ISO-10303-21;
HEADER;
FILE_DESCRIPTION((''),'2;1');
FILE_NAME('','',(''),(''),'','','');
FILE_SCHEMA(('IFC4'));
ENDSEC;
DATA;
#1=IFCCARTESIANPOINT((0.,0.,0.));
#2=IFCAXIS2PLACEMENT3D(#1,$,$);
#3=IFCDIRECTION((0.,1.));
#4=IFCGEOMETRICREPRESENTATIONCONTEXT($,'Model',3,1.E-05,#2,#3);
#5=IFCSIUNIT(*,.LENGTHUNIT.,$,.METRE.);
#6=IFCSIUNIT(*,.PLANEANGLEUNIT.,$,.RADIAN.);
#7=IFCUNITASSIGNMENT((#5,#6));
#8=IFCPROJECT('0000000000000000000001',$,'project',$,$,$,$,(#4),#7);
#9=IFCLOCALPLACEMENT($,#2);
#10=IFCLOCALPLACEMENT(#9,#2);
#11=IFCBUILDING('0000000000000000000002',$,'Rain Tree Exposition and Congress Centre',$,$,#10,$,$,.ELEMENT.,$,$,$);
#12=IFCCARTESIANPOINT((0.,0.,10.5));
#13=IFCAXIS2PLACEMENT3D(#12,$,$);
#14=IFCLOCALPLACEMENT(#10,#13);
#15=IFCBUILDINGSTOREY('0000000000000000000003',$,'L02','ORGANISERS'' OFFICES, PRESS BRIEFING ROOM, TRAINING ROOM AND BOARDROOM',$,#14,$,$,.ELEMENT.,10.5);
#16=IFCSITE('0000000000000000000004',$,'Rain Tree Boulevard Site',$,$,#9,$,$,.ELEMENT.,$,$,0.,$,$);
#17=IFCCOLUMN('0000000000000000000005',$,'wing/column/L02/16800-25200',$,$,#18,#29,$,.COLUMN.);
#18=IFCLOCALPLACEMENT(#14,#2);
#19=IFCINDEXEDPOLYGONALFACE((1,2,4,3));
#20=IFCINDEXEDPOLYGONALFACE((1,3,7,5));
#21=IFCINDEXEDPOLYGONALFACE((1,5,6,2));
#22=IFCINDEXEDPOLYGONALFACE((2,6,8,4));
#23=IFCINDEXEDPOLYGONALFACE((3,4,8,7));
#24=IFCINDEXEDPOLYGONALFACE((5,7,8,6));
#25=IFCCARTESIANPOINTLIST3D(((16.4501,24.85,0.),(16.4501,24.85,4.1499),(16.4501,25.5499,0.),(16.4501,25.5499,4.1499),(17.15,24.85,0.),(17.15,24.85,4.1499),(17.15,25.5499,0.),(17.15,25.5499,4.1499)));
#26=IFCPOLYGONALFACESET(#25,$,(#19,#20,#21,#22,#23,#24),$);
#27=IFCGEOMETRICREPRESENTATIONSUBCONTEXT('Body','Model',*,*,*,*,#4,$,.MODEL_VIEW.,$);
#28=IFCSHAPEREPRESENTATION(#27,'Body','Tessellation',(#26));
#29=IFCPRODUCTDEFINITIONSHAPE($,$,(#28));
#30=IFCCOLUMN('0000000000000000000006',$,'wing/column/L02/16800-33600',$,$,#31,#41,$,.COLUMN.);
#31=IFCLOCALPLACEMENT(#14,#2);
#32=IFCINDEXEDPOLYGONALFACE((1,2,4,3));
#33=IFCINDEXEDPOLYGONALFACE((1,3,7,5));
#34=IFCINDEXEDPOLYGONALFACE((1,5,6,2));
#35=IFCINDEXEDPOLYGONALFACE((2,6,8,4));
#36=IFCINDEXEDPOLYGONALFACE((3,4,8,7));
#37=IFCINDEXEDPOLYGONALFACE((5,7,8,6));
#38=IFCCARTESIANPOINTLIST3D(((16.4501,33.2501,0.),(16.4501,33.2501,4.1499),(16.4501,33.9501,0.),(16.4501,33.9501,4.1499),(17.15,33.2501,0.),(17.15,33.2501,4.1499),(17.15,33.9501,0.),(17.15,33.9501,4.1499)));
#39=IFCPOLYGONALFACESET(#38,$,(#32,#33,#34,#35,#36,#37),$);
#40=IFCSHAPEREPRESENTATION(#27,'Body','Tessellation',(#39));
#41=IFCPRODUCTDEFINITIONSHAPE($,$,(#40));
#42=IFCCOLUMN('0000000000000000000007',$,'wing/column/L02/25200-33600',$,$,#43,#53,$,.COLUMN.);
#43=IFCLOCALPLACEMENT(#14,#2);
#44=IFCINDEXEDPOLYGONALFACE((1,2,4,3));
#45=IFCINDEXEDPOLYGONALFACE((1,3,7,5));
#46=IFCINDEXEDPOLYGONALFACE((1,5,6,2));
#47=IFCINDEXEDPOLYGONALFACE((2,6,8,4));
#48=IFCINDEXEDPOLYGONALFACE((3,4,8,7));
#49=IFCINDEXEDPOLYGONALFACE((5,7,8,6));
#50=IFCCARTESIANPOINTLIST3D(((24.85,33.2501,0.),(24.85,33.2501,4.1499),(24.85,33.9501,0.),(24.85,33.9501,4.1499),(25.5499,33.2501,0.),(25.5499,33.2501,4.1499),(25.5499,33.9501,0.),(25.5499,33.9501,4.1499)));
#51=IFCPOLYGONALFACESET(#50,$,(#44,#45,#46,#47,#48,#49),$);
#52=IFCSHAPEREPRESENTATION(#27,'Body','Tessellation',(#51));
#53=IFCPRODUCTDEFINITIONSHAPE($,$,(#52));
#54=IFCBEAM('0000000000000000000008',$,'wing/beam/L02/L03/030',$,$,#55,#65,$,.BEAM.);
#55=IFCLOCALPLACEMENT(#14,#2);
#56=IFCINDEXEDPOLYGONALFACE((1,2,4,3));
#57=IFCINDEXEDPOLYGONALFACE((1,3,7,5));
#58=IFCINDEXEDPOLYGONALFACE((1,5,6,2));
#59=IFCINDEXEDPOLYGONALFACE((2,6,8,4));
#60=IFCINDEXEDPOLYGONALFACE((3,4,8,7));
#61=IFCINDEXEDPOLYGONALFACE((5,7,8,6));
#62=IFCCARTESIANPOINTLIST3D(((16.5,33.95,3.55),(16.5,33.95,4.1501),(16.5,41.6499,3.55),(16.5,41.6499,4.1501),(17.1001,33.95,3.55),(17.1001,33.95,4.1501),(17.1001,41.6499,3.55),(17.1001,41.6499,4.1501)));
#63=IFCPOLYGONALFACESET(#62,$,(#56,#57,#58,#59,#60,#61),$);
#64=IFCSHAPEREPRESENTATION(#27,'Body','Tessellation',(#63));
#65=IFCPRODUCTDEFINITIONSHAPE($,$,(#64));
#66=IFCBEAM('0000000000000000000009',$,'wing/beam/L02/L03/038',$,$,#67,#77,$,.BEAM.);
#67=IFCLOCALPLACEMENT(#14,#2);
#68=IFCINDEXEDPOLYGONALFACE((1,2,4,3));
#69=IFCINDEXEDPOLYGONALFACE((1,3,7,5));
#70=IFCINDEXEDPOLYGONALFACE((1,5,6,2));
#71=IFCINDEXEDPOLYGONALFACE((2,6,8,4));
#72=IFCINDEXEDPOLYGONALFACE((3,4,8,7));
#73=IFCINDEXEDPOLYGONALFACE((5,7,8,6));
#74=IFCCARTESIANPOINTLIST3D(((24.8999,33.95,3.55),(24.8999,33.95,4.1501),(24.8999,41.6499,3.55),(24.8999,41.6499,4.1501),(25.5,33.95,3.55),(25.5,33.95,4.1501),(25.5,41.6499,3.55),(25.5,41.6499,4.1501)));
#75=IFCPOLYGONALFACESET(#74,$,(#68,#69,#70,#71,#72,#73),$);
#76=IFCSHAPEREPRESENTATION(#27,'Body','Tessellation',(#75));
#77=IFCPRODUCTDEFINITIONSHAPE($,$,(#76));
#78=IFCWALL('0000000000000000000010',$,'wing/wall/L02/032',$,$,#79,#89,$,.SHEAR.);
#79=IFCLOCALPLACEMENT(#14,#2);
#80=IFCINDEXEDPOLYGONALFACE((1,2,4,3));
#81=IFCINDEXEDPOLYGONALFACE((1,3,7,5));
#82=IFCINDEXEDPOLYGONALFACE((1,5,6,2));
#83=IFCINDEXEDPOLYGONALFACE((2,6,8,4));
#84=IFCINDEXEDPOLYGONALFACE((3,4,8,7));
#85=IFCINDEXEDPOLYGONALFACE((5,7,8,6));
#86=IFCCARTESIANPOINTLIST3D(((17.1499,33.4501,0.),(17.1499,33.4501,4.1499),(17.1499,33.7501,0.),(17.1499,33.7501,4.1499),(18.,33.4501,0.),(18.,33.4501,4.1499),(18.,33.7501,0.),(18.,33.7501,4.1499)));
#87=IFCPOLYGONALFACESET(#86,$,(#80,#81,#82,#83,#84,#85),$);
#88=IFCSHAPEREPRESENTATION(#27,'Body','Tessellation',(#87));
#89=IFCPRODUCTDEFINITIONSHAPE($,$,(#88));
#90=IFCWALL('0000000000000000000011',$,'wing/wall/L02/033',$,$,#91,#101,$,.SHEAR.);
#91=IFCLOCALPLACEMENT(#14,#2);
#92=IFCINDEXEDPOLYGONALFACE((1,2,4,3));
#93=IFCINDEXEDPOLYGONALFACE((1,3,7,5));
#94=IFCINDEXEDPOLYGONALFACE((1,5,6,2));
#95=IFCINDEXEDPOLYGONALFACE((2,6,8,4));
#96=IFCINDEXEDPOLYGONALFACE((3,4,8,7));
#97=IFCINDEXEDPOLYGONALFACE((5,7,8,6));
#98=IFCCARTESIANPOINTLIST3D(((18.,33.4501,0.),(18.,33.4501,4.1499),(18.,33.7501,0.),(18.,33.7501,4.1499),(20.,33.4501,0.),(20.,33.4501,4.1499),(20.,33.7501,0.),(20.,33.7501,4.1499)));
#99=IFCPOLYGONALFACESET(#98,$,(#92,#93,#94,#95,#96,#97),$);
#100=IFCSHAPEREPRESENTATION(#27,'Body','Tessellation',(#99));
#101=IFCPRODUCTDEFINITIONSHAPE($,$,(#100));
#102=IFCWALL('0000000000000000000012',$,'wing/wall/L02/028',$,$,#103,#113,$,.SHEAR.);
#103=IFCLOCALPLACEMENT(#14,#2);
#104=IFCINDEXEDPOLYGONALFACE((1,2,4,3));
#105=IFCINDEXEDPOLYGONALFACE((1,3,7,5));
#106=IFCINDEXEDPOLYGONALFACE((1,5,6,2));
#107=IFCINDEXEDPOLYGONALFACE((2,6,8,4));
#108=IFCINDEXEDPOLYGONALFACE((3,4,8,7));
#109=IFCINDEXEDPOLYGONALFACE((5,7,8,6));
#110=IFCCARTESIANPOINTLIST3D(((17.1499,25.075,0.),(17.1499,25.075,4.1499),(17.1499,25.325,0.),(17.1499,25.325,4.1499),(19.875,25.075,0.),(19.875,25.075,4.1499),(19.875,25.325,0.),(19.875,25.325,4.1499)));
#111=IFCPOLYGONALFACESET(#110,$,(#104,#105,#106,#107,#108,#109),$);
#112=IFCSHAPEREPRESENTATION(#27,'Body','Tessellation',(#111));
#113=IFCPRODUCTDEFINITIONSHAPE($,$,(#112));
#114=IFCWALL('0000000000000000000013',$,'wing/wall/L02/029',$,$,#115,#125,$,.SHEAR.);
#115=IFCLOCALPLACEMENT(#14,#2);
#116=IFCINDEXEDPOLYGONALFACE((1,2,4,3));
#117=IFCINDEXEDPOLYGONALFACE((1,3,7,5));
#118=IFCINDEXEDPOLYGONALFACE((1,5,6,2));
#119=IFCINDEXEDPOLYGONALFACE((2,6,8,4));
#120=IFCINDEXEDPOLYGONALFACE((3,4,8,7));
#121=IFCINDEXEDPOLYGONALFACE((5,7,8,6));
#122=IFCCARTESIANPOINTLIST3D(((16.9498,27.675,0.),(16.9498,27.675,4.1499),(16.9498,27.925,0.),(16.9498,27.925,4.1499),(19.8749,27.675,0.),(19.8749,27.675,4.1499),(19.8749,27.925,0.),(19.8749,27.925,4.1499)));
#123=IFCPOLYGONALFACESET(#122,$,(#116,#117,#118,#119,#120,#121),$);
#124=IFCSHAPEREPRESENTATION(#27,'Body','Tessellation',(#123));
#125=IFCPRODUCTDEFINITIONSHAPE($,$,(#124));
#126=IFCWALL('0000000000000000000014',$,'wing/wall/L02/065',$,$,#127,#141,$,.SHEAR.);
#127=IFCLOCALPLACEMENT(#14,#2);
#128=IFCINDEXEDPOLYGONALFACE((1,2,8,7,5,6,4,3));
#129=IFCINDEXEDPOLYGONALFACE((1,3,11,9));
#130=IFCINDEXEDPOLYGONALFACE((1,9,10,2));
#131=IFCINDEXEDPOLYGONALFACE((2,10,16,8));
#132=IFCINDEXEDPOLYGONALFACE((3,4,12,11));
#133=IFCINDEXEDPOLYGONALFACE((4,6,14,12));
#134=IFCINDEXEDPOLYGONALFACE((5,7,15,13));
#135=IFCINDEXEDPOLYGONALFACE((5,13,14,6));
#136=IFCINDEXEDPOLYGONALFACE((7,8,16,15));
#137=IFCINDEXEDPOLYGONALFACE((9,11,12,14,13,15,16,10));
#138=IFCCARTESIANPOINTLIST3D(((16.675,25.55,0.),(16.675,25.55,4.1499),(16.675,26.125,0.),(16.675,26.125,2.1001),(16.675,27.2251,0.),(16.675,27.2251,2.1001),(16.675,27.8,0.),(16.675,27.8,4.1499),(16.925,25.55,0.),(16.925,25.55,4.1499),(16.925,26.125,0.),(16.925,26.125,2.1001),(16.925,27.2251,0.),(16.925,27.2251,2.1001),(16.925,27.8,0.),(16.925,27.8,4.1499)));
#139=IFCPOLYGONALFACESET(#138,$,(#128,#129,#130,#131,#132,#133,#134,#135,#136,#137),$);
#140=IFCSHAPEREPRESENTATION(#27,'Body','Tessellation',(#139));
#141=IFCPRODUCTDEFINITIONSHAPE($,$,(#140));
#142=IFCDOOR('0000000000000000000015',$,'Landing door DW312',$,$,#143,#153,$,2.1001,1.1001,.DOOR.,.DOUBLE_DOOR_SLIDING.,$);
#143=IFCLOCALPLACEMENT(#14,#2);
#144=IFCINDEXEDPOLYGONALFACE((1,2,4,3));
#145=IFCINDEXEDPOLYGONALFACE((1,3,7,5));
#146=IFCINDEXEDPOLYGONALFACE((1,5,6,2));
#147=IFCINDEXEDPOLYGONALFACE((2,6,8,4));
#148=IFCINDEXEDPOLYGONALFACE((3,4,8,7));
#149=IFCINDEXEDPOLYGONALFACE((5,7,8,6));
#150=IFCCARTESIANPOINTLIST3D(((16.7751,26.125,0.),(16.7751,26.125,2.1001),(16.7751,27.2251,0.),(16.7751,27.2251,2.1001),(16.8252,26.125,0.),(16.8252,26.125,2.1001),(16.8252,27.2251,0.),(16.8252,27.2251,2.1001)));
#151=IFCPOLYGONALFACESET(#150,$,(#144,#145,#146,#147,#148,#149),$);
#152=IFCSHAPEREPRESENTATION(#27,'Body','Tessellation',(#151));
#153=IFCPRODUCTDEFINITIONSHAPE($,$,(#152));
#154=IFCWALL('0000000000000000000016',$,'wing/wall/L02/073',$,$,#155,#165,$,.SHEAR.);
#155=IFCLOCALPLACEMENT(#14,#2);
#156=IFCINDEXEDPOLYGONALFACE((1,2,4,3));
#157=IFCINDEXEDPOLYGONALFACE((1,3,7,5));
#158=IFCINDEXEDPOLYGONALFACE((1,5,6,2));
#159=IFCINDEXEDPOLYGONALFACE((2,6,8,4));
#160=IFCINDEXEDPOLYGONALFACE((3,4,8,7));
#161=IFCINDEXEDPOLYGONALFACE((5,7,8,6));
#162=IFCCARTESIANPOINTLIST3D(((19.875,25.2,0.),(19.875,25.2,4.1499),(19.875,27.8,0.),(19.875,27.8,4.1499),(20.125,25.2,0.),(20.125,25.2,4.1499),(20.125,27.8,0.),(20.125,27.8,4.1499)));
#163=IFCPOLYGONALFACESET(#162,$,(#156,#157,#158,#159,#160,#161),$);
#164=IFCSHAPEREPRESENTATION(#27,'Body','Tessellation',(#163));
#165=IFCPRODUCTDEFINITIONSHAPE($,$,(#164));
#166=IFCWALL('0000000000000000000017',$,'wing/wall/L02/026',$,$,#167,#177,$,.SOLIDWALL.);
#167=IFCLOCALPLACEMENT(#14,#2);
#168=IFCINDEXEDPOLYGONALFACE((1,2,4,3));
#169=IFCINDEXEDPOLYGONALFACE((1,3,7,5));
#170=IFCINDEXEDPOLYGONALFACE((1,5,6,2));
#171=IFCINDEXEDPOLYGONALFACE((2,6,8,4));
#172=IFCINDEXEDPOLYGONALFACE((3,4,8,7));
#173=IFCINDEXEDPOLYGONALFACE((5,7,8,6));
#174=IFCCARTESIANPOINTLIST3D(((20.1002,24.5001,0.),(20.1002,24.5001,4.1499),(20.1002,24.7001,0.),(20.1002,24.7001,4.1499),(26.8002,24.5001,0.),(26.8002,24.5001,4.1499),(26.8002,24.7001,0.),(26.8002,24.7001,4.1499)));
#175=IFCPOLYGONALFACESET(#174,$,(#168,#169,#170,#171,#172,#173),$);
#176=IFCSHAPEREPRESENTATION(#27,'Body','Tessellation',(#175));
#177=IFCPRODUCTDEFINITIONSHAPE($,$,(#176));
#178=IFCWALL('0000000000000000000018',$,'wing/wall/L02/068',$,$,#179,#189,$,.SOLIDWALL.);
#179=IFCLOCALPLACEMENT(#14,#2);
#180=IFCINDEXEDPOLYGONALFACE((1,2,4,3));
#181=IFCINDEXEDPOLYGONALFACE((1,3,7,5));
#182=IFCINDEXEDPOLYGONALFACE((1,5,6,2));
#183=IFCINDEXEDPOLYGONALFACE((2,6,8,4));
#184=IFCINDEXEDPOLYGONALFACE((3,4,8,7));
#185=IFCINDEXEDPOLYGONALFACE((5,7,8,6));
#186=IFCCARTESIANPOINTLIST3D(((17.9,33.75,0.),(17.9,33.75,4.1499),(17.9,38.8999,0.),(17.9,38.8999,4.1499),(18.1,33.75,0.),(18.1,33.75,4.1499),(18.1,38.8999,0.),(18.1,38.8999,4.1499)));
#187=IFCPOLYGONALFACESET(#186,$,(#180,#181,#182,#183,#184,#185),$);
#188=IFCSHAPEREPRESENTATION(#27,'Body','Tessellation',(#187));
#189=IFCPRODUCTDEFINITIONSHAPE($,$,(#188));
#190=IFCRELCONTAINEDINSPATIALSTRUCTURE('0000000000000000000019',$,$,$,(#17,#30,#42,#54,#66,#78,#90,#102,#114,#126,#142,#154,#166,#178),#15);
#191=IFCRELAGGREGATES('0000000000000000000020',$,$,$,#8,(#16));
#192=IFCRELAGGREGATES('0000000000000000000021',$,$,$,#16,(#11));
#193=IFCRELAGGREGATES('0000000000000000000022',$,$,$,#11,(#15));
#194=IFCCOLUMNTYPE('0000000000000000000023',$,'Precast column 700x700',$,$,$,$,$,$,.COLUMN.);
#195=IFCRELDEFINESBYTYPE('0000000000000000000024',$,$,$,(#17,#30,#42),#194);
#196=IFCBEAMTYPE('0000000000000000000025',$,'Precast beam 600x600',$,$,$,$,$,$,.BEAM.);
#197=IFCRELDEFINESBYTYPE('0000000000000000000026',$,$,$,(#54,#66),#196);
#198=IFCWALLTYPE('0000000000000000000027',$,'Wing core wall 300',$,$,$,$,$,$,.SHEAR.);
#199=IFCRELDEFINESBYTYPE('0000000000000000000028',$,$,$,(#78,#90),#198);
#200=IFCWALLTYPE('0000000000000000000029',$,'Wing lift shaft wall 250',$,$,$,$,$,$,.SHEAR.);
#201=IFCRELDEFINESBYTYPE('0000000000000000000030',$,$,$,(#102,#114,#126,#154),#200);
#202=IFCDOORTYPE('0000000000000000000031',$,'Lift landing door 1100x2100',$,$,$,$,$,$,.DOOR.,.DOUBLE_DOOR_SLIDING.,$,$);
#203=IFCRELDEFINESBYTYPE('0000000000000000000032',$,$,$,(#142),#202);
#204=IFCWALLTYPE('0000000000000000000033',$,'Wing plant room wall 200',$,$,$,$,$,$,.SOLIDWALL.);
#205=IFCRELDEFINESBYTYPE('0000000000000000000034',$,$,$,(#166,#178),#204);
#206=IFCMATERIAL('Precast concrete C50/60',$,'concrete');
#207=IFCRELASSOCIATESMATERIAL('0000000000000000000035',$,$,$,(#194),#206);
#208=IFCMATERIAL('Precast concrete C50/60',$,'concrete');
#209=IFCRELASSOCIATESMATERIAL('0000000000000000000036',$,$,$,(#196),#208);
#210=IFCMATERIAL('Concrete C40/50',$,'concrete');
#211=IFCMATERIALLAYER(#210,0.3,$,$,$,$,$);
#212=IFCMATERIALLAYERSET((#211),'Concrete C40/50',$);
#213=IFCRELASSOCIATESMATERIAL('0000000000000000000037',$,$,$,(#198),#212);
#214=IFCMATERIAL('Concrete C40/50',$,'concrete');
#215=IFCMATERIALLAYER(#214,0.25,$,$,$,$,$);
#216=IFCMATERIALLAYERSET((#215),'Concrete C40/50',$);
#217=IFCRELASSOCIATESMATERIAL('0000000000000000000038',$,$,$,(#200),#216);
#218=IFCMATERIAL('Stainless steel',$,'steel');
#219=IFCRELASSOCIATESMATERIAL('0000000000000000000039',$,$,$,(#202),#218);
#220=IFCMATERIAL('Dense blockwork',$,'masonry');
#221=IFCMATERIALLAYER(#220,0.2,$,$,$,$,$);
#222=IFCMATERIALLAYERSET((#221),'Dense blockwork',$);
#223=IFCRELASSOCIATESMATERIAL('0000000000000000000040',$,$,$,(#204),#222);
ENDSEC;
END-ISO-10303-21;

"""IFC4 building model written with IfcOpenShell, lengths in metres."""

from ifc_helpers import new_model, si_unit, direction, frame, frame_2d, origin, origin_2d, place, context, subcontext, project, spatial, rectangle, extrude, material, layer, layer_set, material_profile, profile_set, type_object, element, fill, save


model = new_model("IFC4")

# Units and contexts
model_context = context("Model", 3, precision=1e-05, world=origin(), true_north=direction((0.0, 1.0)))
body_context = subcontext(model_context, "Body", "Model", "MODEL_VIEW")
ifc_project = project(units=[si_unit("LENGTHUNIT", "METRE"), si_unit("PLANEANGLEUNIT", "RADIAN")], contexts=[model_context])

# Site, building, storey
site_placement = place(None, origin())
site = spatial("IfcSite", under=ifc_project, at=site_placement, Name="Rain Tree Boulevard Site", CompositionType="ELEMENT", RefElevation=0.0)
building_placement = place(site_placement, origin())
building = spatial("IfcBuilding", under=site, at=building_placement, Name="Rain Tree Exposition and Congress Centre", CompositionType="ELEMENT")
storey_placement = place(building_placement, frame((0.0, 0.0, 10.5)))
storey = spatial("IfcBuildingStorey", under=building, at=storey_placement, Name="L02", Description="ORGANISERS' OFFICES, PRESS BRIEFING ROOM, TRAINING ROOM AND BOARDROOM", CompositionType="ELEMENT", Elevation=10.5)

# Columns
ifc_material_1 = material(Name="Precast concrete C50/60", Category="concrete")
ifc_material_profile_1 = material_profile(ifc_material_1, rectangle(XDim=0.7, YDim=0.7, at=origin_2d()), Name="RC 700x700")
ifc_profile_set_1 = profile_set([ifc_material_profile_1], Name="Precast concrete C50/60")
column_type = type_object("IfcColumnType", Name="Precast column 700x700", PredefinedType="COLUMN", material=ifc_profile_set_1)
for number, where, z_axis, x_axis, name in (
    (1, (16.8, 25.2, 0.0), (0.0, 0.0, 1.0), (1.0, 0.0, 0.0), "wing/column/L02/16800-25200"),
    (2, (16.8, 33.6001, 0.0), (0.0, 0.0, 1.0), (1.0, 0.0, 0.0), "wing/column/L02/16800-33600"),
    (3, (25.2, 33.6001, 0.0), (0.0, 0.0, 1.0), (1.0, 0.0, 0.0), "wing/column/L02/25200-33600"),
):
    element("IfcColumn", number, at=place(storey_placement, frame(where, z_axis=z_axis, x_axis=x_axis)), inside=storey, type_object=column_type, Name=name, PredefinedType="COLUMN", context=body_context, shape_type="SweptSolid", body=[
        extrude(rectangle(XDim=0.7, YDim=0.7, at=origin_2d()), origin(), (0.0, 0.0, 1.0), 4.1499),
    ])

# Beams
ifc_material_2 = material(Name="Precast concrete C50/60", Category="concrete")
ifc_material_profile_2 = material_profile(ifc_material_2, rectangle(XDim=0.6001, YDim=0.6001, at=origin_2d()), Name="RC 600x600")
ifc_profile_set_2 = profile_set([ifc_material_profile_2], Name="Precast concrete C50/60")
beam_type = type_object("IfcBeamType", Name="Precast beam 600x600", PredefinedType="BEAM", material=ifc_profile_set_2)
for number, where, z_axis, x_axis, name in (
    (4, (16.8, 33.95, 3.8501), (0.0, 1.0, 0.0), (-1.0, 0.0, 0.0), "wing/beam/L02/L03/030"),
    (5, (25.2, 33.95, 3.8501), (0.0, 1.0, 0.0), (-1.0, 0.0, 0.0), "wing/beam/L02/L03/038"),
):
    element("IfcBeam", number, at=place(storey_placement, frame(where, z_axis=z_axis, x_axis=x_axis)), inside=storey, type_object=beam_type, Name=name, PredefinedType="BEAM", context=body_context, shape_type="SweptSolid", body=[
        extrude(rectangle(XDim=0.6001, YDim=0.6001, at=origin_2d()), origin(), (0.0, 0.0, 1.0), 7.7),
    ])

# Walls
ifc_material_3 = material(Name="Concrete C40/50", Category="concrete")
ifc_layer_1 = layer(ifc_material_3, 0.3)
ifc_layer_set_1 = layer_set([ifc_layer_1], Name="Concrete C40/50")
wall_type_1 = type_object("IfcWallType", Name="Wing core wall 300", PredefinedType="SHEAR", material=ifc_layer_set_1)
wall_1_placement = place(storey_placement, frame((17.1499, 33.6001, 0.0), z_axis=(0.0, 0.0, 1.0), x_axis=(1.0, 0.0, 0.0)))
element("IfcWall", 6, at=wall_1_placement, inside=storey, type_object=wall_type_1, Name="wing/wall/L02/032", PredefinedType="SHEAR", context=body_context, shape_type="SweptSolid", body=[
    extrude(rectangle(XDim=0.8501, YDim=0.3, at=frame_2d((0.425, 0.0))), origin(), (0.0, 0.0, 1.0), 4.1499),
])
wall_2_placement = place(storey_placement, frame((18.0, 33.6001, 0.0), z_axis=(0.0, 0.0, 1.0), x_axis=(1.0, 0.0, 0.0)))
element("IfcWall", 7, at=wall_2_placement, inside=storey, type_object=wall_type_1, Name="wing/wall/L02/033", PredefinedType="SHEAR", context=body_context, shape_type="SweptSolid", body=[
    extrude(rectangle(XDim=2.0, YDim=0.3, at=frame_2d((1.0, 0.0))), origin(), (0.0, 0.0, 1.0), 4.1499),
])

# Walls
ifc_material_4 = material(Name="Concrete C40/50", Category="concrete")
ifc_layer_2 = layer(ifc_material_4, 0.25)
ifc_layer_set_2 = layer_set([ifc_layer_2], Name="Concrete C40/50")
wall_type_2 = type_object("IfcWallType", Name="Wing lift shaft wall 250", PredefinedType="SHEAR", material=ifc_layer_set_2)
wall_3_placement = place(storey_placement, frame((17.1499, 25.2, 0.0), z_axis=(0.0, 0.0, 1.0), x_axis=(1.0, 0.0, 0.0)))
element("IfcWall", 8, at=wall_3_placement, inside=storey, type_object=wall_type_2, Name="wing/wall/L02/028", PredefinedType="SHEAR", context=body_context, shape_type="SweptSolid", body=[
    extrude(rectangle(XDim=2.7251, YDim=0.25, at=frame_2d((1.3625, 0.0))), origin(), (0.0, 0.0, 1.0), 4.1499),
])
wall_4_placement = place(storey_placement, frame((16.95, 27.8, 0.0), z_axis=(0.0, 0.0, 1.0), x_axis=(1.0, 0.0, 0.0)))
element("IfcWall", 9, at=wall_4_placement, inside=storey, type_object=wall_type_2, Name="wing/wall/L02/029", PredefinedType="SHEAR", context=body_context, shape_type="SweptSolid", body=[
    extrude(rectangle(XDim=2.925, YDim=0.25, at=frame_2d((1.4624, 0.0))), origin(), (0.0, 0.0, 1.0), 4.1499),
])

# Wall, opening, door
wall_5_placement = place(storey_placement, frame((16.8, 25.55, 0.0), z_axis=(0.0, 0.0, 1.0), x_axis=(0.0, 1.0, 0.0)))
wall_5 = element("IfcWall", 10, at=wall_5_placement, inside=storey, type_object=wall_type_2, Name="wing/wall/L02/065", PredefinedType="SHEAR", context=body_context, shape_type="SweptSolid", body=[
    extrude(rectangle(XDim=2.25, YDim=0.25, at=frame_2d((1.125, 0.0))), origin(), (0.0, 0.0, 1.0), 4.1499),
])
opening_1_placement = place(wall_5_placement, frame((0.575, 0.0, 0.0)))
opening_1 = element("IfcOpeningElement", 11, at=opening_1_placement, cuts=wall_5, PredefinedType="OPENING", context=body_context, shape_type="SweptSolid", body=[
    extrude(rectangle(XDim=1.1001, YDim=2.1001, at=frame_2d((0.55, 1.05))), frame((0.0, 0.125, 0.0), z_axis=(0.0, -1.0, 0.0), x_axis=(1.0, 0.0, 0.0)), (0.0, 0.0, 1.0), 0.25),
])
ifc_material_5 = material(Name="Stainless steel", Category="steel")
door_type_1 = type_object("IfcDoorType", Name="Lift landing door 1100x2100", OperationType="DOUBLE_DOOR_SLIDING", PredefinedType="DOOR", material=ifc_material_5)
door_1_placement = place(opening_1_placement, origin())
door_1 = element("IfcDoor", 12, at=door_1_placement, inside=storey, type_object=door_type_1, Name="Landing door DW312", OperationType="DOUBLE_DOOR_SLIDING", OverallHeight=2.1001, OverallWidth=1.1001, PredefinedType="DOOR", context=body_context, shape_type="SweptSolid", body=[
    extrude(rectangle(XDim=1.1001, YDim=2.1001, at=frame_2d((0.55, 1.05))), frame((0.0, 0.0249, 0.0), z_axis=(0.0, -1.0, 0.0), x_axis=(1.0, 0.0, 0.0)), (0.0, 0.0, 1.0), 0.05),
])
fill(opening_1, door_1)

# Walls
wall_6_placement = place(storey_placement, frame((20.0, 25.2, 0.0), z_axis=(0.0, 0.0, 1.0), x_axis=(0.0, 1.0, 0.0)))
element("IfcWall", 13, at=wall_6_placement, inside=storey, type_object=wall_type_2, Name="wing/wall/L02/073", PredefinedType="SHEAR", context=body_context, shape_type="SweptSolid", body=[
    extrude(rectangle(XDim=2.6001, YDim=0.25, at=frame_2d((1.3, 0.0))), origin(), (0.0, 0.0, 1.0), 4.1499),
])
ifc_material_6 = material(Name="Dense blockwork", Category="masonry")
ifc_layer_3 = layer(ifc_material_6, 0.2)
ifc_layer_set_3 = layer_set([ifc_layer_3], Name="Dense blockwork")
wall_type_3 = type_object("IfcWallType", Name="Wing plant room wall 200", PredefinedType="SOLIDWALL", material=ifc_layer_set_3)
wall_7_placement = place(storey_placement, frame((20.1001, 24.6001, 0.0), z_axis=(0.0, 0.0, 1.0), x_axis=(1.0, 0.0, 0.0)))
element("IfcWall", 14, at=wall_7_placement, inside=storey, type_object=wall_type_3, Name="wing/wall/L02/026", PredefinedType="SOLIDWALL", context=body_context, shape_type="SweptSolid", body=[
    extrude(rectangle(XDim=6.7, YDim=0.2, at=frame_2d((3.3501, 0.0))), origin(), (0.0, 0.0, 1.0), 4.1499),
])
wall_8_placement = place(storey_placement, frame((18.0, 33.75, 0.0), z_axis=(0.0, 0.0, 1.0), x_axis=(0.0, 1.0, 0.0)))
element("IfcWall", 15, at=wall_8_placement, inside=storey, type_object=wall_type_3, Name="wing/wall/L02/068", PredefinedType="SOLIDWALL", context=body_context, shape_type="SweptSolid", body=[
    extrude(rectangle(XDim=5.1499, YDim=0.2, at=frame_2d((2.575, 0.0))), origin(), (0.0, 0.0, 1.0), 4.1499),
])

save(model, "model.ifc")
